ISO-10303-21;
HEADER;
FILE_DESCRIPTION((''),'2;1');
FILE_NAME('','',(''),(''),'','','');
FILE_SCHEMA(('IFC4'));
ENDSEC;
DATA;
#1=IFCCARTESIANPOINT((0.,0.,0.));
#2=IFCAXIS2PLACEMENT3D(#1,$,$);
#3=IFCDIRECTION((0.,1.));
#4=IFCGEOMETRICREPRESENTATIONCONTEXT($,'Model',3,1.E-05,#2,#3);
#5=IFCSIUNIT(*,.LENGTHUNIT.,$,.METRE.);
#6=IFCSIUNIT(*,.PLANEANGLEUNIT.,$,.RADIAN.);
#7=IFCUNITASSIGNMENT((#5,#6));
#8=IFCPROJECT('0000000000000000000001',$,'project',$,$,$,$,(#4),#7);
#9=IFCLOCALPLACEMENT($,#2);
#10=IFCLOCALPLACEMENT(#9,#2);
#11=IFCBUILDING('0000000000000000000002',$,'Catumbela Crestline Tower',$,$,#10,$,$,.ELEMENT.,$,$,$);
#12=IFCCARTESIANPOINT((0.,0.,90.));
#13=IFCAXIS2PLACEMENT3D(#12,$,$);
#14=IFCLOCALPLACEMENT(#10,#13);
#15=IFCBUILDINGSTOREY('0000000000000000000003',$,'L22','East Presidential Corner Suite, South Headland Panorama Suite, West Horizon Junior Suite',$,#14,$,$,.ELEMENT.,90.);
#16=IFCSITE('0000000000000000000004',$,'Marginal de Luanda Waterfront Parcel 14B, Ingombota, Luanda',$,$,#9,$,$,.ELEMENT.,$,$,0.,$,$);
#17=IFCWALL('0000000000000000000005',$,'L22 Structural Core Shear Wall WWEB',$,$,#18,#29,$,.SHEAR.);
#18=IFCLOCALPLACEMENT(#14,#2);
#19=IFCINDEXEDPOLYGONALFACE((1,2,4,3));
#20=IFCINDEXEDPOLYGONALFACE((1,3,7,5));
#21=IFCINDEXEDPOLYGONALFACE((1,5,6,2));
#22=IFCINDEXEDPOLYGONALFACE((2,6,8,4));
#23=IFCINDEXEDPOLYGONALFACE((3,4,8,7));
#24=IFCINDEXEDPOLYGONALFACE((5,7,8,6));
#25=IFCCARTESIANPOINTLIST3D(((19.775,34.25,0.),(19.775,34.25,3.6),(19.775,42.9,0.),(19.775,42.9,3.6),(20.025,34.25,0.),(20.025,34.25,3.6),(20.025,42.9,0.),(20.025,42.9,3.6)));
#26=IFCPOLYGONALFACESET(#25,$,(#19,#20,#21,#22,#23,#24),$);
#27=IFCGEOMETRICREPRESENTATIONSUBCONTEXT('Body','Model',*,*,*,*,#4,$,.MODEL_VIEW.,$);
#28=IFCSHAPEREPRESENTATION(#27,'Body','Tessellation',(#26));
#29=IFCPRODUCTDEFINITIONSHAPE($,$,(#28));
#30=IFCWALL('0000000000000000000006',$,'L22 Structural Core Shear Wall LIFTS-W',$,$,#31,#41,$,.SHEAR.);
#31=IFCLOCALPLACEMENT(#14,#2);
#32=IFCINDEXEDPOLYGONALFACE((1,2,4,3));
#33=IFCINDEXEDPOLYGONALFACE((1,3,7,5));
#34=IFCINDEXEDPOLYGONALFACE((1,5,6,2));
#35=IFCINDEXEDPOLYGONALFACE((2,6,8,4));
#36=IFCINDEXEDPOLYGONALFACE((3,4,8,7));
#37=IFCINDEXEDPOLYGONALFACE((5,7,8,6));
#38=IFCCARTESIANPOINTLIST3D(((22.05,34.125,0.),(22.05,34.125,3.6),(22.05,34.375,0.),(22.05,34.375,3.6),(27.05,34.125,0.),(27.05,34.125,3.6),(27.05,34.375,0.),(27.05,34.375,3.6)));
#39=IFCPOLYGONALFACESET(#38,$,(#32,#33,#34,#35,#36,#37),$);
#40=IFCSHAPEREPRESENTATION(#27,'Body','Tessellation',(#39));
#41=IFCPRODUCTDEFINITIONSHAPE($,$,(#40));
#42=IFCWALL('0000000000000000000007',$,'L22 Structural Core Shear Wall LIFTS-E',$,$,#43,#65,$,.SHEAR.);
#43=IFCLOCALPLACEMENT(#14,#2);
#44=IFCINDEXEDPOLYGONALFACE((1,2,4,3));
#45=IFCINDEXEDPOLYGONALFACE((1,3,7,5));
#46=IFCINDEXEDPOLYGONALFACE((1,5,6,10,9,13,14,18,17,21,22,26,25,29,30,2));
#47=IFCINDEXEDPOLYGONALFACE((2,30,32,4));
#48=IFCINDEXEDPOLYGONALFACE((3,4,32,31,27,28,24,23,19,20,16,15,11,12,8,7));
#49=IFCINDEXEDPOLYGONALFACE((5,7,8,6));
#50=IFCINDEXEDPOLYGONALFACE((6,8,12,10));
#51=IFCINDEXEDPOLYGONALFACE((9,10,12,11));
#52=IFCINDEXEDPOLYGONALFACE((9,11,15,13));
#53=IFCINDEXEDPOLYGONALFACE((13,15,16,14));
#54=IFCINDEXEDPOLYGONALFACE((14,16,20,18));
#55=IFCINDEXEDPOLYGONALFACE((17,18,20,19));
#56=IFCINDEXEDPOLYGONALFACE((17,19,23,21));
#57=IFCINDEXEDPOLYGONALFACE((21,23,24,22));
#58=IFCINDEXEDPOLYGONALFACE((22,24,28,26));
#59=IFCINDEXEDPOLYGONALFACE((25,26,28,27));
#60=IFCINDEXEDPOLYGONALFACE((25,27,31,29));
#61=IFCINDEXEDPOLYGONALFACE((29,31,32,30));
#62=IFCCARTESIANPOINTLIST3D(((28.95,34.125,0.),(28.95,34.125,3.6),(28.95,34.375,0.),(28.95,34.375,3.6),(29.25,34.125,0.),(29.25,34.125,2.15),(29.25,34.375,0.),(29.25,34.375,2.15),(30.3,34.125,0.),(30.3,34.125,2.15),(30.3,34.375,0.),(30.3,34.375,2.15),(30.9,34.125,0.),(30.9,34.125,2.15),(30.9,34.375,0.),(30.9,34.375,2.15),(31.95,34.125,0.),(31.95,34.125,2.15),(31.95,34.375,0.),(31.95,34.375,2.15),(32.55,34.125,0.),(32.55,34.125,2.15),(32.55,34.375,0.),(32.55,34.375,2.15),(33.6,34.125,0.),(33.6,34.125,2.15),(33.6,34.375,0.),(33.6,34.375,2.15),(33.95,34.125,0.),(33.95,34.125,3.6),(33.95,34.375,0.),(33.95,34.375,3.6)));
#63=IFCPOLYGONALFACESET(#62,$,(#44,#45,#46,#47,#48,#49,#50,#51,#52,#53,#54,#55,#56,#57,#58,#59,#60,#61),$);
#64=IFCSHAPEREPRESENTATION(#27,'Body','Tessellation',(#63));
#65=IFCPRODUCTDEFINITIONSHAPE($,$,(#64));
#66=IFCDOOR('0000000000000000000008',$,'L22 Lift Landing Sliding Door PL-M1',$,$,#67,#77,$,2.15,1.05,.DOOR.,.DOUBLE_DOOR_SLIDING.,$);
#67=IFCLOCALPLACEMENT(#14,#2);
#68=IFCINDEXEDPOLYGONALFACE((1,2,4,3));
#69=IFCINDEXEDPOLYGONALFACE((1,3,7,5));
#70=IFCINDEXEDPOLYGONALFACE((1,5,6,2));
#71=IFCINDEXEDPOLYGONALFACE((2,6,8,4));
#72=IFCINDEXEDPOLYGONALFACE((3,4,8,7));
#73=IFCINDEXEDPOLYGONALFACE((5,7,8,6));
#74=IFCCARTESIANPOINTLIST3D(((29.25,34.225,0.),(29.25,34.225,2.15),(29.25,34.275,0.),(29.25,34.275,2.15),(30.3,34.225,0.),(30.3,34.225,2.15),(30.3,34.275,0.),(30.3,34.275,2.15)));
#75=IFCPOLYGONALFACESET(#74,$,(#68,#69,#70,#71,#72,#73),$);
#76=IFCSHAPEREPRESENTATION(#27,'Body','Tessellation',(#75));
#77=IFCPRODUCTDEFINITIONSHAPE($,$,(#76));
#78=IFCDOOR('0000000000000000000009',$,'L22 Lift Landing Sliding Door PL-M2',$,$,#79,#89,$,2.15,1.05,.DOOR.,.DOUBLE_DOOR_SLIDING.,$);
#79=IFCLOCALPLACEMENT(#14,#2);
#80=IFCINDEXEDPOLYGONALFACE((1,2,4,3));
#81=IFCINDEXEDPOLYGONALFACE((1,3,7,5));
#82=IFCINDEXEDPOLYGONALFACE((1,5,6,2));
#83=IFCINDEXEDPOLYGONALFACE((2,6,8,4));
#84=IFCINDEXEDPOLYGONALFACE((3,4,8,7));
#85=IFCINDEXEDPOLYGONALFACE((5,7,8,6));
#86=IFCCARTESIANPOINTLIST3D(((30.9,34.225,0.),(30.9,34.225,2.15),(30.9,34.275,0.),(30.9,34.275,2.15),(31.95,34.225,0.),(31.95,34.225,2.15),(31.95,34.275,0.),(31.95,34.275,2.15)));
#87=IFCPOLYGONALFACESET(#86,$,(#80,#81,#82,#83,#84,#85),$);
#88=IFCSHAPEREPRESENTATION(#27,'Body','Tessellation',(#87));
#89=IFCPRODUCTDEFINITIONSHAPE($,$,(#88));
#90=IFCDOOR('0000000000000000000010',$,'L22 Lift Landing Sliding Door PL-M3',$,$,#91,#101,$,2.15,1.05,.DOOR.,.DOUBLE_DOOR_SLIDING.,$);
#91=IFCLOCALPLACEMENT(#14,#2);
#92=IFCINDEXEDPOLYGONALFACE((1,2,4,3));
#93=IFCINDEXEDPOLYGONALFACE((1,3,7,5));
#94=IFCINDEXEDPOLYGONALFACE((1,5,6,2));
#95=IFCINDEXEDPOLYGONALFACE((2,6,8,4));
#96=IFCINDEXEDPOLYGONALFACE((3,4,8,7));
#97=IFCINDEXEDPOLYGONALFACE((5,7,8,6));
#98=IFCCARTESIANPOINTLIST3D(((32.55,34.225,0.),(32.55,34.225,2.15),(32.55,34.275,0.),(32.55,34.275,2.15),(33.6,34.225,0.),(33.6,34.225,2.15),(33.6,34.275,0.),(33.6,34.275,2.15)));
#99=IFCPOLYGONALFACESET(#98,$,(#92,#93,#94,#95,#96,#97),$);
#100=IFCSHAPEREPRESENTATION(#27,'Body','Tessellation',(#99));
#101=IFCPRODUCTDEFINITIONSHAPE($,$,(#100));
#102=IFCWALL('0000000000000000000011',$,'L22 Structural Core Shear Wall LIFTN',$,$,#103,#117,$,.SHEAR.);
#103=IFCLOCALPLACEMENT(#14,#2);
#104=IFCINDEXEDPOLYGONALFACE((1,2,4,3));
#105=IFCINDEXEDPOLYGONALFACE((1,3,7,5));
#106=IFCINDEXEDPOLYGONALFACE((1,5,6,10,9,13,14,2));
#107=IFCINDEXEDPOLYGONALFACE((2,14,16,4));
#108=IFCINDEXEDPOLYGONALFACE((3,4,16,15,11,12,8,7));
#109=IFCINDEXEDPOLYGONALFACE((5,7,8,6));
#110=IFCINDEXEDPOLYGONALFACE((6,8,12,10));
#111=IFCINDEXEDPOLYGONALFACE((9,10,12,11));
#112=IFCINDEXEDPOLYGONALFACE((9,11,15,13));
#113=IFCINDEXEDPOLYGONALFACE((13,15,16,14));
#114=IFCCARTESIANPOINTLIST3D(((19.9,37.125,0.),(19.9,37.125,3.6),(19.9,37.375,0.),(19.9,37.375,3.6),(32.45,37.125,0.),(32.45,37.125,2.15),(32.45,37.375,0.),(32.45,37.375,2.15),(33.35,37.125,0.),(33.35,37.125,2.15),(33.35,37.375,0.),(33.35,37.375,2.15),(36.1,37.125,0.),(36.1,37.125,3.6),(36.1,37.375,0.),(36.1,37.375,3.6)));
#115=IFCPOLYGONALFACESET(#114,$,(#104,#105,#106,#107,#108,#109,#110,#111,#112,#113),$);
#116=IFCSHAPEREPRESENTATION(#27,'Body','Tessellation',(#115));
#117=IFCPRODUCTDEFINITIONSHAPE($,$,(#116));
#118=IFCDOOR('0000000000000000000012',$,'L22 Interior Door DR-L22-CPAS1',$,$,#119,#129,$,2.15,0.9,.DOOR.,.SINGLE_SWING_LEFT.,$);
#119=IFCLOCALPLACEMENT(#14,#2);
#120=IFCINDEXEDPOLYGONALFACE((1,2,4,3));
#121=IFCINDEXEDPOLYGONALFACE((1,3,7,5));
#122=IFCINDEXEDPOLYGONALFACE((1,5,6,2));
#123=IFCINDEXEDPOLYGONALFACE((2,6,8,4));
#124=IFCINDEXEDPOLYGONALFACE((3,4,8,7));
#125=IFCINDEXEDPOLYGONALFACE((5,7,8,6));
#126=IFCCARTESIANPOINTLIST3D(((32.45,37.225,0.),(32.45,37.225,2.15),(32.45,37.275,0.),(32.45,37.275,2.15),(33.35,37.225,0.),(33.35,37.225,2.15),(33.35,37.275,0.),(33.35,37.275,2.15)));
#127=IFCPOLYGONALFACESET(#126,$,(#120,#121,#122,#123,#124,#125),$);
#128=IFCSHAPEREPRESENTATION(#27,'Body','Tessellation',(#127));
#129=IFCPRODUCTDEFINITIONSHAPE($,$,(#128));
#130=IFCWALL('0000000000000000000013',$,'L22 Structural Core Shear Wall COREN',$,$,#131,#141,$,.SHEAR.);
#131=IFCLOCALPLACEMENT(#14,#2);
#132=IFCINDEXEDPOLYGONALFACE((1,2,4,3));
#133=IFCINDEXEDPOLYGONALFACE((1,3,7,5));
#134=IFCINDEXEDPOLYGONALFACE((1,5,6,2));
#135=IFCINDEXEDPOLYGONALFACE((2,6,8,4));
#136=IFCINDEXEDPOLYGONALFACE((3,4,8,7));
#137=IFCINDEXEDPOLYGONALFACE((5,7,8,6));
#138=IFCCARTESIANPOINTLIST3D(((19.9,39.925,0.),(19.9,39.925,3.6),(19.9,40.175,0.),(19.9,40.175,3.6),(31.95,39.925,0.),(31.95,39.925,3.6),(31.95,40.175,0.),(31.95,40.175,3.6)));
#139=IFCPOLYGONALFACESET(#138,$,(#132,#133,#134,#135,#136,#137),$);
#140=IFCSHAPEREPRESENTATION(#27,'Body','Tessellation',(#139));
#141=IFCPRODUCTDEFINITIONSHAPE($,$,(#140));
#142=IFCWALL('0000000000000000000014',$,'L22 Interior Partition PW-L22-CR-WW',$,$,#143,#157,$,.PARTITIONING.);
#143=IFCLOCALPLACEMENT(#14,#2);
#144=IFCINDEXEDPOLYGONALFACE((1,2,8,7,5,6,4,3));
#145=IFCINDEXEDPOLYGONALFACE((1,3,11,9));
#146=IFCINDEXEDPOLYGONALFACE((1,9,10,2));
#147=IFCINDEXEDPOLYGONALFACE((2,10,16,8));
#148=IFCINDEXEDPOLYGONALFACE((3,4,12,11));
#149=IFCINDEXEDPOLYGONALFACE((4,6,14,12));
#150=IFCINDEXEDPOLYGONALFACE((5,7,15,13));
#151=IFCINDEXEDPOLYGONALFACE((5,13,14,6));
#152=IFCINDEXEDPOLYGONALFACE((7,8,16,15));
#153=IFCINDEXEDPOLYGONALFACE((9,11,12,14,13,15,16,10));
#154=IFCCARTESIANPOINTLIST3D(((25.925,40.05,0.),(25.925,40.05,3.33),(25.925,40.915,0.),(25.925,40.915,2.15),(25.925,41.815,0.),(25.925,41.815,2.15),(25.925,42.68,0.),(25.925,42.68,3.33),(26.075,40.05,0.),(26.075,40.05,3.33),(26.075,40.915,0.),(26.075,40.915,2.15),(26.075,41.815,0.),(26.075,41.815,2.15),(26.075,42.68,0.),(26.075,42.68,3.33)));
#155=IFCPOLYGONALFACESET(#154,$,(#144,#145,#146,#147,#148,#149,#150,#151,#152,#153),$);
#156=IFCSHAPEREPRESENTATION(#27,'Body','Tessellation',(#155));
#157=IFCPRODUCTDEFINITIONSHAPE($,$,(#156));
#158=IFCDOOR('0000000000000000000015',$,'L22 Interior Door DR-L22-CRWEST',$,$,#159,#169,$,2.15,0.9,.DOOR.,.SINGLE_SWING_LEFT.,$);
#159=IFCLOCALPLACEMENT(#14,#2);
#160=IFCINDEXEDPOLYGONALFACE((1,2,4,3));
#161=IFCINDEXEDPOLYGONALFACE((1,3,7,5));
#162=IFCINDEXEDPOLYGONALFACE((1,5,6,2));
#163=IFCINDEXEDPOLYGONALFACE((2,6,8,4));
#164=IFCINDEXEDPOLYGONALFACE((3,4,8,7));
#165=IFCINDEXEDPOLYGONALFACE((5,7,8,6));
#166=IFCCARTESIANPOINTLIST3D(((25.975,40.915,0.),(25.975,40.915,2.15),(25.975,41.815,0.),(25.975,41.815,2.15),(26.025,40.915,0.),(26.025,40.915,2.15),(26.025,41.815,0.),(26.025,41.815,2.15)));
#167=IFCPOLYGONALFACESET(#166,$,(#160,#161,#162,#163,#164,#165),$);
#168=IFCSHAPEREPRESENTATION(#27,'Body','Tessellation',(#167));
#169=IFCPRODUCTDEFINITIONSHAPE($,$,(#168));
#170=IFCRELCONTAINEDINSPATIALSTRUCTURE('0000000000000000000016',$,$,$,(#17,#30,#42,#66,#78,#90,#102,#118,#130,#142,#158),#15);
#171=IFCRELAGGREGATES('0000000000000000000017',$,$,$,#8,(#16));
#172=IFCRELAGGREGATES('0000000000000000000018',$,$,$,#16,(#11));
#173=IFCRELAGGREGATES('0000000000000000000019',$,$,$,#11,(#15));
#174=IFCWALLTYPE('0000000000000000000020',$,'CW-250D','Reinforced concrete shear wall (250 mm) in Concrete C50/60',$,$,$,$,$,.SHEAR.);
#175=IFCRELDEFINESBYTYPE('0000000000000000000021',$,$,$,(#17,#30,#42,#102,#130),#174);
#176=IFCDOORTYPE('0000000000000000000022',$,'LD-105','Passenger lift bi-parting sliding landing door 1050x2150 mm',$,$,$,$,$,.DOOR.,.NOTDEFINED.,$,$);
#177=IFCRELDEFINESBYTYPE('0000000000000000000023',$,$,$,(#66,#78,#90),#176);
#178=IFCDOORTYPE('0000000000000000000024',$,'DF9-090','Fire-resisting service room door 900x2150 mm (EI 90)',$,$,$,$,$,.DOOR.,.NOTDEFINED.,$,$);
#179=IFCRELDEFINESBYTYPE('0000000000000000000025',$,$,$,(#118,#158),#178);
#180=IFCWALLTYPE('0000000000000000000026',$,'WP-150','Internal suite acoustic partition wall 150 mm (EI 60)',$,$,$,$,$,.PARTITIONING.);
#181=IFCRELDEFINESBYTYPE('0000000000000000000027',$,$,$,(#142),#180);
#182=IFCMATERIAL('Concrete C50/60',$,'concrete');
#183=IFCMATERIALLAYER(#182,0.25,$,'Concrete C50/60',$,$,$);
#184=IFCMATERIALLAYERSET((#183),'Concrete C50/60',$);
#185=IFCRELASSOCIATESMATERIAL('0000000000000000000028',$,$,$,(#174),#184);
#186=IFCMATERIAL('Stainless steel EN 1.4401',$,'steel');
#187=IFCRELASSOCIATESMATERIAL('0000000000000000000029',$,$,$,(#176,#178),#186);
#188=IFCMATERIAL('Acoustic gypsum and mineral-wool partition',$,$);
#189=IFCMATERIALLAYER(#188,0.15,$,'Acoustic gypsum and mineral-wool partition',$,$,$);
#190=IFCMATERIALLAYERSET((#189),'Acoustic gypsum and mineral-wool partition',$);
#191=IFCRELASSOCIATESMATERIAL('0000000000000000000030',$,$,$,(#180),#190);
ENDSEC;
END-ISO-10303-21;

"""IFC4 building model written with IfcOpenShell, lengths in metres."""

from ifc_helpers import new_model, si_unit, direction, frame, frame_2d, origin, place, context, subcontext, project, spatial, rectangle, extrude, material, layer, layer_set, type_object, element, fill, save


model = new_model("IFC4")

# Units and contexts
model_context = context("Model", 3, precision=1e-05, world=origin(), true_north=direction((0.0, 1.0)))
body_context = subcontext(model_context, "Body", "Model", "MODEL_VIEW")
ifc_project = project(units=[si_unit("LENGTHUNIT", "METRE"), si_unit("PLANEANGLEUNIT", "RADIAN")], contexts=[model_context])

# Site, building, storey
site_placement = place(None, origin())
site = spatial("IfcSite", under=ifc_project, at=site_placement, Name="Marginal de Luanda Waterfront Parcel 14B, Ingombota, Luanda", CompositionType="ELEMENT", RefElevation=0.0)
building_placement = place(site_placement, origin())
building = spatial("IfcBuilding", under=site, at=building_placement, Name="Catumbela Crestline Tower", CompositionType="ELEMENT")
storey_placement = place(building_placement, frame((0.0, 0.0, 90.0)))
storey = spatial("IfcBuildingStorey", under=building, at=storey_placement, Name="L22", Description="East Presidential Corner Suite, South Headland Panorama Suite, West Horizon Junior Suite", CompositionType="ELEMENT", Elevation=90.0)

# Walls
ifc_material_1 = material(Name="Concrete C50/60", Category="concrete")
ifc_layer_1 = layer(ifc_material_1, 0.25, Name="Concrete C50/60")
ifc_layer_set_1 = layer_set([ifc_layer_1], Name="Concrete C50/60")
wall_type_1 = type_object("IfcWallType", Name="CW-250D", Description="Reinforced concrete shear wall (250 mm) in Concrete C50/60", PredefinedType="SHEAR", material=ifc_layer_set_1)
wall_1_placement = place(storey_placement, frame((19.9, 34.25, 0.0), z_axis=(0.0, 0.0, 1.0), x_axis=(0.0, 1.0, 0.0)))
element("IfcWall", 1, at=wall_1_placement, inside=storey, type_object=wall_type_1, Name="L22 Structural Core Shear Wall WWEB", PredefinedType="SHEAR", context=body_context, shape_type="SweptSolid", body=[
    extrude(rectangle(XDim=8.65, YDim=0.25, at=frame_2d((4.325, 0.0))), origin(), (0.0, 0.0, 1.0), 3.6),
])
wall_2_placement = place(storey_placement, frame((22.05, 34.25, 0.0), z_axis=(0.0, 0.0, 1.0), x_axis=(1.0, 0.0, 0.0)))
element("IfcWall", 2, at=wall_2_placement, inside=storey, type_object=wall_type_1, Name="L22 Structural Core Shear Wall LIFTS-W", PredefinedType="SHEAR", context=body_context, shape_type="SweptSolid", body=[
    extrude(rectangle(XDim=5.0, YDim=0.25, at=frame_2d((2.5, 0.0))), origin(), (0.0, 0.0, 1.0), 3.6),
])

# Wall, openings, doors
wall_3_placement = place(storey_placement, frame((28.95, 34.25, 0.0), z_axis=(0.0, 0.0, 1.0), x_axis=(1.0, 0.0, 0.0)))
wall_3 = element("IfcWall", 3, at=wall_3_placement, inside=storey, type_object=wall_type_1, Name="L22 Structural Core Shear Wall LIFTS-E", PredefinedType="SHEAR", context=body_context, shape_type="SweptSolid", body=[
    extrude(rectangle(XDim=5.0, YDim=0.25, at=frame_2d((2.5, 0.0))), origin(), (0.0, 0.0, 1.0), 3.6),
])
opening_1_placement = place(wall_3_placement, frame((0.3, 0.0, 0.0)))
opening_1 = element("IfcOpeningElement", 4, at=opening_1_placement, cuts=wall_3, PredefinedType="OPENING", context=body_context, shape_type="SweptSolid", body=[
    extrude(rectangle(XDim=1.05, YDim=2.15, at=frame_2d((0.525, 1.075))), frame((0.0, 0.135, 0.0), z_axis=(0.0, -1.0, 0.0), x_axis=(1.0, 0.0, 0.0)), (0.0, 0.0, 1.0), 0.27),
])
opening_2_placement = place(wall_3_placement, frame((1.95, 0.0, 0.0)))
opening_2 = element("IfcOpeningElement", 5, at=opening_2_placement, cuts=wall_3, PredefinedType="OPENING", context=body_context, shape_type="SweptSolid", body=[
    extrude(rectangle(XDim=1.05, YDim=2.15, at=frame_2d((0.525, 1.075))), frame((0.0, 0.135, 0.0), z_axis=(0.0, -1.0, 0.0), x_axis=(1.0, 0.0, 0.0)), (0.0, 0.0, 1.0), 0.27),
])
opening_3_placement = place(wall_3_placement, frame((3.6, 0.0, 0.0)))
opening_3 = element("IfcOpeningElement", 6, at=opening_3_placement, cuts=wall_3, PredefinedType="OPENING", context=body_context, shape_type="SweptSolid", body=[
    extrude(rectangle(XDim=1.05, YDim=2.15, at=frame_2d((0.525, 1.075))), frame((0.0, 0.135, 0.0), z_axis=(0.0, -1.0, 0.0), x_axis=(1.0, 0.0, 0.0)), (0.0, 0.0, 1.0), 0.27),
])
ifc_material_2 = material(Name="Stainless steel EN 1.4401", Category="steel")
door_type_1 = type_object("IfcDoorType", Name="LD-105", Description="Passenger lift bi-parting sliding landing door 1050x2150 mm", OperationType="NOTDEFINED", PredefinedType="DOOR", material=ifc_material_2)
door_1_placement = place(opening_1_placement, origin())
door_1 = element("IfcDoor", 7, at=door_1_placement, inside=storey, type_object=door_type_1, Name="L22 Lift Landing Sliding Door PL-M1", OperationType="DOUBLE_DOOR_SLIDING", OverallHeight=2.15, OverallWidth=1.05, PredefinedType="DOOR", context=body_context, shape_type="SweptSolid", body=[
    extrude(rectangle(XDim=1.05, YDim=2.15, at=frame_2d((0.525, 1.075))), frame((0.0, 0.025, 0.0), z_axis=(0.0, -1.0, 0.0), x_axis=(1.0, 0.0, 0.0)), (0.0, 0.0, 1.0), 0.05),
])
fill(opening_1, door_1)
door_2_placement = place(opening_2_placement, origin())
door_2 = element("IfcDoor", 8, at=door_2_placement, inside=storey, type_object=door_type_1, Name="L22 Lift Landing Sliding Door PL-M2", OperationType="DOUBLE_DOOR_SLIDING", OverallHeight=2.15, OverallWidth=1.05, PredefinedType="DOOR", context=body_context, shape_type="SweptSolid", body=[
    extrude(rectangle(XDim=1.05, YDim=2.15, at=frame_2d((0.525, 1.075))), frame((0.0, 0.025, 0.0), z_axis=(0.0, -1.0, 0.0), x_axis=(1.0, 0.0, 0.0)), (0.0, 0.0, 1.0), 0.05),
])
fill(opening_2, door_2)
door_3_placement = place(opening_3_placement, origin())
door_3 = element("IfcDoor", 9, at=door_3_placement, inside=storey, type_object=door_type_1, Name="L22 Lift Landing Sliding Door PL-M3", OperationType="DOUBLE_DOOR_SLIDING", OverallHeight=2.15, OverallWidth=1.05, PredefinedType="DOOR", context=body_context, shape_type="SweptSolid", body=[
    extrude(rectangle(XDim=1.05, YDim=2.15, at=frame_2d((0.525, 1.075))), frame((0.0, 0.025, 0.0), z_axis=(0.0, -1.0, 0.0), x_axis=(1.0, 0.0, 0.0)), (0.0, 0.0, 1.0), 0.05),
])
fill(opening_3, door_3)

# Wall, opening, door
wall_4_placement = place(storey_placement, frame((19.9, 37.25, 0.0), z_axis=(0.0, 0.0, 1.0), x_axis=(1.0, 0.0, 0.0)))
wall_4 = element("IfcWall", 10, at=wall_4_placement, inside=storey, type_object=wall_type_1, Name="L22 Structural Core Shear Wall LIFTN", PredefinedType="SHEAR", context=body_context, shape_type="SweptSolid", body=[
    extrude(rectangle(XDim=16.2, YDim=0.25, at=frame_2d((8.1, 0.0))), origin(), (0.0, 0.0, 1.0), 3.6),
])
opening_4_placement = place(wall_4_placement, frame((12.55, 0.0, 0.0)))
opening_4 = element("IfcOpeningElement", 11, at=opening_4_placement, cuts=wall_4, PredefinedType="OPENING", context=body_context, shape_type="SweptSolid", body=[
    extrude(rectangle(XDim=0.9, YDim=2.15, at=frame_2d((0.45, 1.075))), frame((0.0, 0.135, 0.0), z_axis=(0.0, -1.0, 0.0), x_axis=(1.0, 0.0, 0.0)), (0.0, 0.0, 1.0), 0.27),
])
door_type_2 = type_object("IfcDoorType", Name="DF9-090", Description="Fire-resisting service room door 900x2150 mm (EI 90)", OperationType="NOTDEFINED", PredefinedType="DOOR", material=ifc_material_2)
door_4_placement = place(opening_4_placement, origin())
door_4 = element("IfcDoor", 12, at=door_4_placement, inside=storey, type_object=door_type_2, Name="L22 Interior Door DR-L22-CPAS1", OperationType="SINGLE_SWING_LEFT", OverallHeight=2.15, OverallWidth=0.9, PredefinedType="DOOR", context=body_context, shape_type="SweptSolid", body=[
    extrude(rectangle(XDim=0.9, YDim=2.15, at=frame_2d((0.45, 1.075))), frame((0.0, 0.025, 0.0), z_axis=(0.0, -1.0, 0.0), x_axis=(1.0, 0.0, 0.0)), (0.0, 0.0, 1.0), 0.05),
])
fill(opening_4, door_4)

# Wall
wall_5_placement = place(storey_placement, frame((19.9, 40.05, 0.0), z_axis=(0.0, 0.0, 1.0), x_axis=(1.0, 0.0, 0.0)))
element("IfcWall", 13, at=wall_5_placement, inside=storey, type_object=wall_type_1, Name="L22 Structural Core Shear Wall COREN", PredefinedType="SHEAR", context=body_context, shape_type="SweptSolid", body=[
    extrude(rectangle(XDim=12.05, YDim=0.25, at=frame_2d((6.025, 0.0))), origin(), (0.0, 0.0, 1.0), 3.6),
])

# Wall, opening, door
ifc_material_3 = material(Name="Acoustic gypsum and mineral-wool partition")
ifc_layer_2 = layer(ifc_material_3, 0.15, Name="Acoustic gypsum and mineral-wool partition")
ifc_layer_set_2 = layer_set([ifc_layer_2], Name="Acoustic gypsum and mineral-wool partition")
wall_type_2 = type_object("IfcWallType", Name="WP-150", Description="Internal suite acoustic partition wall 150 mm (EI 60)", PredefinedType="PARTITIONING", material=ifc_layer_set_2)
wall_6_placement = place(storey_placement, frame((26.0, 40.05, 0.0), z_axis=(0.0, 0.0, 1.0), x_axis=(0.0, 1.0, 0.0)))
wall_6 = element("IfcWall", 14, at=wall_6_placement, inside=storey, type_object=wall_type_2, Name="L22 Interior Partition PW-L22-CR-WW", PredefinedType="PARTITIONING", context=body_context, shape_type="SweptSolid", body=[
    extrude(rectangle(XDim=2.63, YDim=0.15, at=frame_2d((1.315, 0.0))), origin(), (0.0, 0.0, 1.0), 3.33),
])
opening_5_placement = place(wall_6_placement, frame((0.865, 0.0, 0.0)))
opening_5 = element("IfcOpeningElement", 15, at=opening_5_placement, cuts=wall_6, PredefinedType="OPENING", context=body_context, shape_type="SweptSolid", body=[
    extrude(rectangle(XDim=0.9, YDim=2.15, at=frame_2d((0.45, 1.075))), frame((0.0, 0.085, 0.0), z_axis=(0.0, -1.0, 0.0), x_axis=(1.0, 0.0, 0.0)), (0.0, 0.0, 1.0), 0.17),
])
door_5_placement = place(opening_5_placement, origin())
door_5 = element("IfcDoor", 16, at=door_5_placement, inside=storey, type_object=door_type_2, Name="L22 Interior Door DR-L22-CRWEST", OperationType="SINGLE_SWING_LEFT", OverallHeight=2.15, OverallWidth=0.9, PredefinedType="DOOR", context=body_context, shape_type="SweptSolid", body=[
    extrude(rectangle(XDim=0.9, YDim=2.15, at=frame_2d((0.45, 1.075))), frame((0.0, 0.025, 0.0), z_axis=(0.0, -1.0, 0.0), x_axis=(1.0, 0.0, 0.0)), (0.0, 0.0, 1.0), 0.05),
])
fill(opening_5, door_5)

save(model, "model.ifc")
